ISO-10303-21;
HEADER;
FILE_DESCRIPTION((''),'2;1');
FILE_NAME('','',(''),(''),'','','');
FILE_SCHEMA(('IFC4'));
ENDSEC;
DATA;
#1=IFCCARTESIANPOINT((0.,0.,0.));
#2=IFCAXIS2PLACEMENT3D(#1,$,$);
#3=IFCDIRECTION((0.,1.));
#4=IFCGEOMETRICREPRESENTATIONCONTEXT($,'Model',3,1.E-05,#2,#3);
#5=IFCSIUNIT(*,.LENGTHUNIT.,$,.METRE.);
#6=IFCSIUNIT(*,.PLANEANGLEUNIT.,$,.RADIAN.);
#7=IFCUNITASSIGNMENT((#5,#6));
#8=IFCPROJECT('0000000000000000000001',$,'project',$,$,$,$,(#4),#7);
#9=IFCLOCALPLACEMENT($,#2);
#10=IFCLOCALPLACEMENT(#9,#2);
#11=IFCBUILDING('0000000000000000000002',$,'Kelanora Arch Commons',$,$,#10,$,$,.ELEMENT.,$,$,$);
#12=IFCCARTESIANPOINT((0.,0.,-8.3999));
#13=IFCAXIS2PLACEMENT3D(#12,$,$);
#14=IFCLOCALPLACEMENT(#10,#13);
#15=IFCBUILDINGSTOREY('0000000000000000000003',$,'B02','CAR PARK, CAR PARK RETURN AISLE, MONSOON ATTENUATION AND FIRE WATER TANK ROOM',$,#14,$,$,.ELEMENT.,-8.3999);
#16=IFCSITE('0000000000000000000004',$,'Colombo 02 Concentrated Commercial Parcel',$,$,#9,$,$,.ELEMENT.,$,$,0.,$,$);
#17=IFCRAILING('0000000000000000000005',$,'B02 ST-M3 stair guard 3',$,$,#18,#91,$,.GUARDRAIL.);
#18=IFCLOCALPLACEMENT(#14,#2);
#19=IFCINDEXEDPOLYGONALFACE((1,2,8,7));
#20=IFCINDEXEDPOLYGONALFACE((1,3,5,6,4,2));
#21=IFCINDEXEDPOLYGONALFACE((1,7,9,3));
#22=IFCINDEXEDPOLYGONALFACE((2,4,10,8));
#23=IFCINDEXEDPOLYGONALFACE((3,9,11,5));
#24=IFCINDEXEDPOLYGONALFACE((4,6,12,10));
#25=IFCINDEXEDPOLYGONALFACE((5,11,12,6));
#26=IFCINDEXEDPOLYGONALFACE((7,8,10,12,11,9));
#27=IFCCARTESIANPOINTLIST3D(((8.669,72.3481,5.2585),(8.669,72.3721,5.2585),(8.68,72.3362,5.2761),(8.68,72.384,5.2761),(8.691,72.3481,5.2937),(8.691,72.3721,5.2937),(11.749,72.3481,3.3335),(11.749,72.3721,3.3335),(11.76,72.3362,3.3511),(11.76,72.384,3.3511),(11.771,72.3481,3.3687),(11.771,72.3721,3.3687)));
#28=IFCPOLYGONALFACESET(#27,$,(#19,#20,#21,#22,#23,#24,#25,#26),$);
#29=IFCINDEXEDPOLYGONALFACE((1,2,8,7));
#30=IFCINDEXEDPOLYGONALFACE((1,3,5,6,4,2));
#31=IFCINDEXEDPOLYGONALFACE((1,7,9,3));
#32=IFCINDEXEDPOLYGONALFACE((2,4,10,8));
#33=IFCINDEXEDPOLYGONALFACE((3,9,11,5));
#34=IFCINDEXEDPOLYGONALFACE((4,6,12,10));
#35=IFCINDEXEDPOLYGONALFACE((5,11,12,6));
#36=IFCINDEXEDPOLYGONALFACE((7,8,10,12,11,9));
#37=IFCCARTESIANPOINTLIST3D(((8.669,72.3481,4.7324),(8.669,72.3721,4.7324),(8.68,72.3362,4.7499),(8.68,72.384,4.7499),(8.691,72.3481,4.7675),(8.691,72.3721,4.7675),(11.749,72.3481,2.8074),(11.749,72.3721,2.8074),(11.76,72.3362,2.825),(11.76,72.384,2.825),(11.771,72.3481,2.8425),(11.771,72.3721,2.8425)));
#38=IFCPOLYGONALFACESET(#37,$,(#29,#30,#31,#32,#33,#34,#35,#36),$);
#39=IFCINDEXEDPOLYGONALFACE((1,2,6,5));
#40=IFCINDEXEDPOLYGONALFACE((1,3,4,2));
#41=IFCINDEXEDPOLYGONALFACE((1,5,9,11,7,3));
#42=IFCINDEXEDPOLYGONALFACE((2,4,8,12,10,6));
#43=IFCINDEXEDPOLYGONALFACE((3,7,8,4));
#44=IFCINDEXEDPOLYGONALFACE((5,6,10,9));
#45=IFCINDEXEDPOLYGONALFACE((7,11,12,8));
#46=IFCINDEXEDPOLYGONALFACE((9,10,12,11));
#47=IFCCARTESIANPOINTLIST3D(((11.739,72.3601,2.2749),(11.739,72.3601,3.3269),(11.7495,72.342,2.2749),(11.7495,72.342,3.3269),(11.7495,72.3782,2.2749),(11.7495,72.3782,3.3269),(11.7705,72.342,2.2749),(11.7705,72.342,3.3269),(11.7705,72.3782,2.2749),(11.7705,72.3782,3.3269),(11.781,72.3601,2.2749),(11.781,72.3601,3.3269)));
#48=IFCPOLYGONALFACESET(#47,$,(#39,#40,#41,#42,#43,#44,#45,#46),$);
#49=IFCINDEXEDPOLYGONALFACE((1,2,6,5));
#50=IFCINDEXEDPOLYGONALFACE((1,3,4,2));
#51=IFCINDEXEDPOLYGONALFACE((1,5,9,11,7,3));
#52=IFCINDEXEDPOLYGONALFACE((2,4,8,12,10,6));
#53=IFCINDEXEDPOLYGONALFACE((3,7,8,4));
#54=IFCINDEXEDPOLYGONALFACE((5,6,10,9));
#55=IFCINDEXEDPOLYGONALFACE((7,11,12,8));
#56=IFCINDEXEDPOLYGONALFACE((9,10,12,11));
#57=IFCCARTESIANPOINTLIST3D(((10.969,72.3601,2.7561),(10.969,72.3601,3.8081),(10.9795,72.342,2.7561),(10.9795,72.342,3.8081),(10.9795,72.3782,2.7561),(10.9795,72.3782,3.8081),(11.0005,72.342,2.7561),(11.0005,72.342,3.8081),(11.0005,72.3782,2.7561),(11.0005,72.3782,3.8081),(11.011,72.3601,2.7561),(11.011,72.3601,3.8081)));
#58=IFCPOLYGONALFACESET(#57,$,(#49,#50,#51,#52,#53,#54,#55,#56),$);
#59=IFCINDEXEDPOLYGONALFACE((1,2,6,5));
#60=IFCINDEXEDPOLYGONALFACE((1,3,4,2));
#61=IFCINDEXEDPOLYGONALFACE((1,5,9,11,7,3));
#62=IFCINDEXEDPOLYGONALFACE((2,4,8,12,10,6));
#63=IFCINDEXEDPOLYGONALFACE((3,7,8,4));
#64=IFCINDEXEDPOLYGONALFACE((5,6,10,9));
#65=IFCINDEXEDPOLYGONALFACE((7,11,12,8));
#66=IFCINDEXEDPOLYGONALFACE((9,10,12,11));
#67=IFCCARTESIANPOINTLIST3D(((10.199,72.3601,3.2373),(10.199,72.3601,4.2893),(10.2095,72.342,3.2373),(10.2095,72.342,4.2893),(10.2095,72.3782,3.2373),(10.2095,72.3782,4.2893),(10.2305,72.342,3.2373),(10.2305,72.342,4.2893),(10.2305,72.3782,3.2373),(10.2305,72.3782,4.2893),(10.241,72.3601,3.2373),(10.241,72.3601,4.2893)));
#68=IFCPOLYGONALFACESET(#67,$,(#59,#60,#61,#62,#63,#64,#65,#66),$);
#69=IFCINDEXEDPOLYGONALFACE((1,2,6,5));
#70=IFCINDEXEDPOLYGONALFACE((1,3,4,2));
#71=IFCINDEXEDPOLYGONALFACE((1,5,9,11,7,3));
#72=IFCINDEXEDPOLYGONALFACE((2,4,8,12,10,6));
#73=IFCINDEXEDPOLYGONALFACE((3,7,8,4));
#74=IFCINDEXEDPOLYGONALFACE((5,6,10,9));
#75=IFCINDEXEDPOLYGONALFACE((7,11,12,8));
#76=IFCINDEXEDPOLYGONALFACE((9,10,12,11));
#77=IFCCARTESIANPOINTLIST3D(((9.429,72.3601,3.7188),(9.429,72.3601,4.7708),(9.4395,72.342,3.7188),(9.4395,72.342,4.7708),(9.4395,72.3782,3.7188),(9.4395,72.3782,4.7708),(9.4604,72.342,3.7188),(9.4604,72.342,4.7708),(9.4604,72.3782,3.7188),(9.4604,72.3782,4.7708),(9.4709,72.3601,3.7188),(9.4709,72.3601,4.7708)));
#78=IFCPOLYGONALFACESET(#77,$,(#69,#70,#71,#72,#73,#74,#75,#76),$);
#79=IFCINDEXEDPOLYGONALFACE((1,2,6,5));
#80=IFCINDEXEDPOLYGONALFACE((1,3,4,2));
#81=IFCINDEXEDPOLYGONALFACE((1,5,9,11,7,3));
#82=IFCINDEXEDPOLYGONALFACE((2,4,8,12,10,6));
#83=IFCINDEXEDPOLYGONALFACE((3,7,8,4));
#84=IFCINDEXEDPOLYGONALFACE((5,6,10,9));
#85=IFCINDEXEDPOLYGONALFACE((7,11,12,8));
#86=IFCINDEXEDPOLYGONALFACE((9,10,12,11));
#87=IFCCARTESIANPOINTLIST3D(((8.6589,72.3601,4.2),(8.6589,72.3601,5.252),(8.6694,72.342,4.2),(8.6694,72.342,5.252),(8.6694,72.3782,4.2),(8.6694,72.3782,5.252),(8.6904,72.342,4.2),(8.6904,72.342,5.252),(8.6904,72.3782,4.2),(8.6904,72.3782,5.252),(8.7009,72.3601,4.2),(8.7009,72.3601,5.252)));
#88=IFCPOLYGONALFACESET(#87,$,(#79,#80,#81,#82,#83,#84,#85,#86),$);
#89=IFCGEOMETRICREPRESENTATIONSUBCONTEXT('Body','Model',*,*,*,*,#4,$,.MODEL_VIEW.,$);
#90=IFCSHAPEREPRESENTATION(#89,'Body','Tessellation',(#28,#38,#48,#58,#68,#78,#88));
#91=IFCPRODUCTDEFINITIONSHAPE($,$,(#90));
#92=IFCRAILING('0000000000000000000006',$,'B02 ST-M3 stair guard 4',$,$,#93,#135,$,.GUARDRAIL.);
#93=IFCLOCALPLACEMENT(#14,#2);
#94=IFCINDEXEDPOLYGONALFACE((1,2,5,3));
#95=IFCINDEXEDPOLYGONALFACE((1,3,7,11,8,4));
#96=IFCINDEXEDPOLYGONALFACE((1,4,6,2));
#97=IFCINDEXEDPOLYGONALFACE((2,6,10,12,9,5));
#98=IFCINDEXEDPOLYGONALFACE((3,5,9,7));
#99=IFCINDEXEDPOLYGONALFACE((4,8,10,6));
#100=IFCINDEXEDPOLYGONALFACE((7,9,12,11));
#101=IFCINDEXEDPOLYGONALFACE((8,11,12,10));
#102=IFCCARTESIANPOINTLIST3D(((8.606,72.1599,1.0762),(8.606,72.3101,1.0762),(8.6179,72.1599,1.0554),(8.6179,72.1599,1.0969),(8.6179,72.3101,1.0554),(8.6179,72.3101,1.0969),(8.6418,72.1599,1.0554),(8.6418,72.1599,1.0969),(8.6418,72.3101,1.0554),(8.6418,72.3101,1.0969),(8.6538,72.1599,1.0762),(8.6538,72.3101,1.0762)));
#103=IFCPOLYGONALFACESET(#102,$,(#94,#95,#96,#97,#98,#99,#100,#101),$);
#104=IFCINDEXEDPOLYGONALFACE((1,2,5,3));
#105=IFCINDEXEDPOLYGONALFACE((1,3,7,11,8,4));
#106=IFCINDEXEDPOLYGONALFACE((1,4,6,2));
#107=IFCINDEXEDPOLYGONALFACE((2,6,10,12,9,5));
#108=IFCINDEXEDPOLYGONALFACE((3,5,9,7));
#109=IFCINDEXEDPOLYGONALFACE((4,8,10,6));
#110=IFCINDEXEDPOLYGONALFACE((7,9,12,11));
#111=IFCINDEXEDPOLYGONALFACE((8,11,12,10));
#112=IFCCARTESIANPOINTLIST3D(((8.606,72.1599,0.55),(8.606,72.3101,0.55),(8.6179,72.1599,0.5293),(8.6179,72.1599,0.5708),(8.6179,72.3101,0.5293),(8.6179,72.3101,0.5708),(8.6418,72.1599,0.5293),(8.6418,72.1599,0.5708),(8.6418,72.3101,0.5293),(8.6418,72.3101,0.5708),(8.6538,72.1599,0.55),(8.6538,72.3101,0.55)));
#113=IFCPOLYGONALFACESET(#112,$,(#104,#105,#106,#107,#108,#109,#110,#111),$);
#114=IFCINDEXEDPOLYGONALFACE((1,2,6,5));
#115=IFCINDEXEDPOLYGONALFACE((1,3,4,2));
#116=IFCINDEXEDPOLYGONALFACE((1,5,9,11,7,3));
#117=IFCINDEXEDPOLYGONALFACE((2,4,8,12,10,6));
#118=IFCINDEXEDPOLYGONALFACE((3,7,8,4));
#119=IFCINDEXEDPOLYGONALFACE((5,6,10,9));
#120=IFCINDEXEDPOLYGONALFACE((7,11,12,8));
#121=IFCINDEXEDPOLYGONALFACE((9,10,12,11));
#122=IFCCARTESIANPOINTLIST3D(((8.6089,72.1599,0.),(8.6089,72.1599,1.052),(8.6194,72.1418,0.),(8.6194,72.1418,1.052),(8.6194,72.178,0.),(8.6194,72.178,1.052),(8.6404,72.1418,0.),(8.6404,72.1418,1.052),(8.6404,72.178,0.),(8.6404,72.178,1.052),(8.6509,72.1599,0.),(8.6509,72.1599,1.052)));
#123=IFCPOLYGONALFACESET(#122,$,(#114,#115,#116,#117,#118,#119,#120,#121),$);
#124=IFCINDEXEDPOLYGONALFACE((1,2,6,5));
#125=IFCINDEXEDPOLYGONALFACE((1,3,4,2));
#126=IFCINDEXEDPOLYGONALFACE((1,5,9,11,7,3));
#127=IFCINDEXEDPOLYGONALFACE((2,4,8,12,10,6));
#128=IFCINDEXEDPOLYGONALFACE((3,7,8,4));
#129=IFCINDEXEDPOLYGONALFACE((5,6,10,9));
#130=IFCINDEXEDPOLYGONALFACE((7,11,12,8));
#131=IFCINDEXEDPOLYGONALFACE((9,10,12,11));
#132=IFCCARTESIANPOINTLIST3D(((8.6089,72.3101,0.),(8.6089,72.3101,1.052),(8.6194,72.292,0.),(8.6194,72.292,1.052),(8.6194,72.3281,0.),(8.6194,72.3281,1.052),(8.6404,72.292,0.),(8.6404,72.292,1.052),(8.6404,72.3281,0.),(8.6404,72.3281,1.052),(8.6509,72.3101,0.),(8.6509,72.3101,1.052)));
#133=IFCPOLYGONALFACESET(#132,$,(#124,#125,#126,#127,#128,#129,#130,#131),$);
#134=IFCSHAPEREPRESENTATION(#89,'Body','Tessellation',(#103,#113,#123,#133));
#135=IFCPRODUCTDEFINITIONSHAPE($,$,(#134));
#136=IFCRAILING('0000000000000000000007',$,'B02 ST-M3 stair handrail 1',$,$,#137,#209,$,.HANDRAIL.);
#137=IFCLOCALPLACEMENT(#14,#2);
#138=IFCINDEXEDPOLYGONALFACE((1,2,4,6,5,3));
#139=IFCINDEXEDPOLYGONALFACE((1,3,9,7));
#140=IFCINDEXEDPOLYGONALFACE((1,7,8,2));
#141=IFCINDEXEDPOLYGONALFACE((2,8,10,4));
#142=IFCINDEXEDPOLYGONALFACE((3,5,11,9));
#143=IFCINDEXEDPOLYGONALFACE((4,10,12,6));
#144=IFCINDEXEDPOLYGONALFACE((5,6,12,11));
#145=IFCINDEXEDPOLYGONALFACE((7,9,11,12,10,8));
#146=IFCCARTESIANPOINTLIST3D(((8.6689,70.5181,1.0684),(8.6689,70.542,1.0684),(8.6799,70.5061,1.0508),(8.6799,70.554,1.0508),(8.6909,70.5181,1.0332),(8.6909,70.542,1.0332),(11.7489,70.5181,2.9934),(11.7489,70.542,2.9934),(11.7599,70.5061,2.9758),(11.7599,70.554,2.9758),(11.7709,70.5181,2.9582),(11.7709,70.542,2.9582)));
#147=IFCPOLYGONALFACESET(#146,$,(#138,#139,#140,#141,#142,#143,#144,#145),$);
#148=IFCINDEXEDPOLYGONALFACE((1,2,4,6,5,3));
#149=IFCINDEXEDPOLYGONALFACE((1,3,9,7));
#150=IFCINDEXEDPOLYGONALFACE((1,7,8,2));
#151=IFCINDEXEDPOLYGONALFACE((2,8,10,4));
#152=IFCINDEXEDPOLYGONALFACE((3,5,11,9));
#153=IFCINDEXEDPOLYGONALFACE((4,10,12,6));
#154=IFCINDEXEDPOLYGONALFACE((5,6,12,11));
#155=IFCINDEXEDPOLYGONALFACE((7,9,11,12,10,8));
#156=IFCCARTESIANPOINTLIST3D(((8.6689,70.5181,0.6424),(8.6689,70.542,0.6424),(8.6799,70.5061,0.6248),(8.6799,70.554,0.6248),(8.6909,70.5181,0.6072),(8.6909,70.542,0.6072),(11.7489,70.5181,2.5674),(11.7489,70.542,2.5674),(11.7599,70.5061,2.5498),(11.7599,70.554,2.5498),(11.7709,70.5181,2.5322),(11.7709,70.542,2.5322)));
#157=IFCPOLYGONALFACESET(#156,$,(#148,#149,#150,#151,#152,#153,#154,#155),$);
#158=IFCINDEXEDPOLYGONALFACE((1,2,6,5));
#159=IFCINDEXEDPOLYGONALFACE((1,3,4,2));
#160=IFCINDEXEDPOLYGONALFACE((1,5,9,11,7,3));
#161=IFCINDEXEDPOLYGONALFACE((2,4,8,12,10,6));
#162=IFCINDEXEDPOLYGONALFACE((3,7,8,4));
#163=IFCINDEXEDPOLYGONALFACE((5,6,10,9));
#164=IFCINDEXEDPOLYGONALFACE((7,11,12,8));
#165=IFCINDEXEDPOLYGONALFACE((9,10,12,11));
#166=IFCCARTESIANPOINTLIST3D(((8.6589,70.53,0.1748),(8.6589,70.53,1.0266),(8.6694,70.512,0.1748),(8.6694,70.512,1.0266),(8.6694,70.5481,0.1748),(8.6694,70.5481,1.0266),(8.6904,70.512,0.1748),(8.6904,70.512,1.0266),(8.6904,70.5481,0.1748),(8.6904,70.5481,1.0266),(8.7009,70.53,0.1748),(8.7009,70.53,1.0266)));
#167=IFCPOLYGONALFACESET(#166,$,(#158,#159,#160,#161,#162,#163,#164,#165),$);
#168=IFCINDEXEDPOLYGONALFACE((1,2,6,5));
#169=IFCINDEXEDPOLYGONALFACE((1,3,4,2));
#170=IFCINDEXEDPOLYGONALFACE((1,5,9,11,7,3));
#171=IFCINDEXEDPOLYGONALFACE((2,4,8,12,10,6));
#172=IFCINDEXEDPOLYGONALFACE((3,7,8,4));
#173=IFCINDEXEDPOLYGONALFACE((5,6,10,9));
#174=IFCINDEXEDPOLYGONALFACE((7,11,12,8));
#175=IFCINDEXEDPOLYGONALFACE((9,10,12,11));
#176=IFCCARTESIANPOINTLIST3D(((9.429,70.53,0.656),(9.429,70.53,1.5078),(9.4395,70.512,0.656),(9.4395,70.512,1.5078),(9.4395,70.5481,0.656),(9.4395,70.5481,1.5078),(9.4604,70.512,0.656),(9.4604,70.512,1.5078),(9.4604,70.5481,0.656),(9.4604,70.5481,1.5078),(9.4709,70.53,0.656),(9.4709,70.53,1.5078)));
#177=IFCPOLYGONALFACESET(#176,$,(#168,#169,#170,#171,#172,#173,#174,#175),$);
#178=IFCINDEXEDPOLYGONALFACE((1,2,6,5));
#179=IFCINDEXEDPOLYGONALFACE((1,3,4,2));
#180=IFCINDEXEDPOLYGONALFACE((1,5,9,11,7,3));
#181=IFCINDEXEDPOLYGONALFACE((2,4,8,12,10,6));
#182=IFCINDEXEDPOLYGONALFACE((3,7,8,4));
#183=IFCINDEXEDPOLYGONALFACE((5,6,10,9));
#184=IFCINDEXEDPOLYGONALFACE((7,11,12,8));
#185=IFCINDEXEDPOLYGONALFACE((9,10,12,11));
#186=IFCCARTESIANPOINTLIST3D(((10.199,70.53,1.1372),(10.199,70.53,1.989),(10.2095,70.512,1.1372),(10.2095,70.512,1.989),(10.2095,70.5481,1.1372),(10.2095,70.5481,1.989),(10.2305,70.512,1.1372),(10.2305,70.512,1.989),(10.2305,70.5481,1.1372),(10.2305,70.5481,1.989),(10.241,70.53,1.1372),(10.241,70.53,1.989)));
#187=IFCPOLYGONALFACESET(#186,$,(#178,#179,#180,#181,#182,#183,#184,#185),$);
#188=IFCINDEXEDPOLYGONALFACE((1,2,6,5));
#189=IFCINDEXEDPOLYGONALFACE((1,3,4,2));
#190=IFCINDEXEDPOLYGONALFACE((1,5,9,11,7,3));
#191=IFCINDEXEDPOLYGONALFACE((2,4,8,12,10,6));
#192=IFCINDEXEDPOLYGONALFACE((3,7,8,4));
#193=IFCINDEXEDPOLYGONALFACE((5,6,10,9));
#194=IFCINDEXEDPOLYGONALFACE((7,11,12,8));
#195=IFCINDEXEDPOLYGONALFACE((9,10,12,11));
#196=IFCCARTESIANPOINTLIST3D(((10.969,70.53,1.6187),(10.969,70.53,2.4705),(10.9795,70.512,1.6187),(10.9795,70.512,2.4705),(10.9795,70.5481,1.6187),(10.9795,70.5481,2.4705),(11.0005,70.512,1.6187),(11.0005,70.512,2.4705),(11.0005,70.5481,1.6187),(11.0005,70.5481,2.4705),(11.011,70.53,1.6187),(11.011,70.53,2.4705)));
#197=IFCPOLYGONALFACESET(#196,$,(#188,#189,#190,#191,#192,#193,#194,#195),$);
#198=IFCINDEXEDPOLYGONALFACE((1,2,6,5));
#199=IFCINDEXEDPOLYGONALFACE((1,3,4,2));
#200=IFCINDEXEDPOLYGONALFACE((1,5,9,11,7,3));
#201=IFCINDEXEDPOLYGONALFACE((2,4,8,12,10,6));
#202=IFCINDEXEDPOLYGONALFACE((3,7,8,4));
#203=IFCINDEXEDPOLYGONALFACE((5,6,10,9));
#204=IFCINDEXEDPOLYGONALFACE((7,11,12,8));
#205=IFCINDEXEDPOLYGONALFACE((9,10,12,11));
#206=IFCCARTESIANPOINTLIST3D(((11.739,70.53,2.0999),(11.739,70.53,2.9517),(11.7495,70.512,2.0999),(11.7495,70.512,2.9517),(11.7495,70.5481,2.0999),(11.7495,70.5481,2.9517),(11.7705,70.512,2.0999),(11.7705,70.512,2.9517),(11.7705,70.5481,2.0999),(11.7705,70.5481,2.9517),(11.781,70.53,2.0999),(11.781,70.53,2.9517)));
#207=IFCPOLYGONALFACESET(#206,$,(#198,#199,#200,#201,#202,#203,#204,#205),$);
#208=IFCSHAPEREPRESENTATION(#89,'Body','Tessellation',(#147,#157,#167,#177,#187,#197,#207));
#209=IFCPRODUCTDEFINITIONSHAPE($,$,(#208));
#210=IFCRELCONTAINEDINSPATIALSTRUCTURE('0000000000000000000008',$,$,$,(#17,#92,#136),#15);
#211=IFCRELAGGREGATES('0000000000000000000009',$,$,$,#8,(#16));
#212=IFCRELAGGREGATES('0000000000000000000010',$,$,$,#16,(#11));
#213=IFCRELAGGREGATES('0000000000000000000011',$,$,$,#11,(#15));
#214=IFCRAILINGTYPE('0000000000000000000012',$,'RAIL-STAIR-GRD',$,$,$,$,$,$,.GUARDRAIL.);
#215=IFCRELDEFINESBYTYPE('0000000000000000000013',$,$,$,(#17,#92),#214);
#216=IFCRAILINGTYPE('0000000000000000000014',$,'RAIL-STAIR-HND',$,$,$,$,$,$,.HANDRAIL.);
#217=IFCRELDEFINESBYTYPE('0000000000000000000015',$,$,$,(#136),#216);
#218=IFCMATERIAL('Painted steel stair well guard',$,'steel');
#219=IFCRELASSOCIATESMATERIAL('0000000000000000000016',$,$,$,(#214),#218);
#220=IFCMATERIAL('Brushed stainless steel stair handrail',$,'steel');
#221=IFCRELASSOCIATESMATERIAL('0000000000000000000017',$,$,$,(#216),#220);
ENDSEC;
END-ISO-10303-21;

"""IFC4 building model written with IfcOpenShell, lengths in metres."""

from ifc_helpers import new_model, si_unit, direction, frame, origin, place, context, subcontext, project, spatial, polyline, outline, extrude, material, type_object, element, save


model = new_model("IFC4")

# Units and contexts
model_context = context("Model", 3, precision=1e-05, world=origin(), true_north=direction((0.0, 1.0)))
body_context = subcontext(model_context, "Body", "Model", "MODEL_VIEW")
ifc_project = project(units=[si_unit("LENGTHUNIT", "METRE"), si_unit("PLANEANGLEUNIT", "RADIAN")], contexts=[model_context])

# Site, building, storey
site_placement = place(None, origin())
site = spatial("IfcSite", under=ifc_project, at=site_placement, Name="Colombo 02 Concentrated Commercial Parcel", CompositionType="ELEMENT", RefElevation=0.0)
building_placement = place(site_placement, origin())
building = spatial("IfcBuilding", under=site, at=building_placement, Name="Kelanora Arch Commons", CompositionType="ELEMENT")
storey_placement = place(building_placement, frame((0.0, 0.0, -8.3999)))
storey = spatial("IfcBuildingStorey", under=building, at=storey_placement, Name="B02", Description="CAR PARK, CAR PARK RETURN AISLE, MONSOON ATTENUATION AND FIRE WATER TANK ROOM", CompositionType="ELEMENT", Elevation=-8.3999)

# Railings
ifc_material_1 = material(Name="Painted steel stair well guard", Category="steel")
railing_type_1 = type_object("IfcRailingType", Name="RAIL-STAIR-GRD", PredefinedType="GUARDRAIL", material=ifc_material_1)
railing_1_placement = place(storey_placement, frame((11.76, 72.3601, 2.2749)))
element("IfcRailing", 1, at=railing_1_placement, inside=storey, type_object=railing_type_1, Name="B02 ST-M3 stair guard 3", PredefinedType="GUARDRAIL", context=body_context, shape_type="SweptSolid", body=[
    extrude(outline(polyline([(0.0239, 0.0), (0.012, 0.0208), (-0.012, 0.0208), (-0.0239, 0.0), (-0.012, -0.0208), (0.012, -0.0208), (0.0239, 0.0)])), frame((0.0, 0.0, 1.0762), z_axis=(-0.847998, 0.0, 0.529999), x_axis=(0.0, -1.0, 0.0)), (0.0, 0.0, 1.0), 3.6321),
    extrude(outline(polyline([(0.0239, 0.0), (0.012, 0.0208), (-0.012, 0.0208), (-0.0239, 0.0), (-0.012, -0.0208), (0.012, -0.0208), (0.0239, 0.0)])), frame((0.0, 0.0, 0.55), z_axis=(-0.847998, 0.0, 0.529999), x_axis=(0.0, -1.0, 0.0)), (0.0, 0.0, 1.0), 3.6321),
    extrude(outline(polyline([(0.021, 0.0), (0.0105, 0.0181), (-0.0105, 0.0181), (-0.021, 0.0), (-0.0105, -0.0181), (0.0105, -0.0181), (0.021, 0.0)])), origin(), (0.0, 0.0, 1.0), 1.052),
    extrude(outline(polyline([(0.021, 0.0), (0.0105, 0.0181), (-0.0105, 0.0181), (-0.021, 0.0), (-0.0105, -0.0181), (0.0105, -0.0181), (0.021, 0.0)])), frame((-0.77, 0.0, 0.4812)), (0.0, 0.0, 1.0), 1.052),
    extrude(outline(polyline([(0.021, 0.0), (0.0105, 0.0181), (-0.0105, 0.0181), (-0.021, 0.0), (-0.0105, -0.0181), (0.0105, -0.0181), (0.021, 0.0)])), frame((-1.54, 0.0, 0.9624)), (0.0, 0.0, 1.0), 1.052),
    extrude(outline(polyline([(0.021, 0.0), (0.0105, 0.0181), (-0.0105, 0.0181), (-0.021, 0.0), (-0.0105, -0.0181), (0.0105, -0.0181), (0.021, 0.0)])), frame((-2.3101, 0.0, 1.4438)), (0.0, 0.0, 1.0), 1.052),
    extrude(outline(polyline([(0.021, 0.0), (0.0105, 0.0181), (-0.0105, 0.0181), (-0.021, 0.0), (-0.0105, -0.0181), (0.0105, -0.0181), (0.021, 0.0)])), frame((-3.0801, 0.0, 1.925)), (0.0, 0.0, 1.0), 1.052),
])
railing_2_placement = place(storey_placement, frame((8.6299, 72.1599, 0.0)))
element("IfcRailing", 2, at=railing_2_placement, inside=storey, type_object=railing_type_1, Name="B02 ST-M3 stair guard 4", PredefinedType="GUARDRAIL", context=body_context, shape_type="SweptSolid", body=[
    extrude(outline(polyline([(0.0239, 0.0), (0.012, 0.0208), (-0.012, 0.0208), (-0.0239, 0.0), (-0.012, -0.0208), (0.012, -0.0208), (0.0239, 0.0)])), frame((0.0, 0.0, 1.0762), z_axis=(0.0, 1.0, 0.0), x_axis=(-1.0, 0.0, 0.0)), (0.0, 0.0, 1.0), 0.1501),
    extrude(outline(polyline([(0.0239, 0.0), (0.012, 0.0208), (-0.012, 0.0208), (-0.0239, 0.0), (-0.012, -0.0208), (0.012, -0.0208), (0.0239, 0.0)])), frame((0.0, 0.0, 0.55), z_axis=(0.0, 1.0, 0.0), x_axis=(-1.0, 0.0, 0.0)), (0.0, 0.0, 1.0), 0.1501),
    extrude(outline(polyline([(0.021, 0.0), (0.0105, 0.0181), (-0.0105, 0.0181), (-0.021, 0.0), (-0.0105, -0.0181), (0.0105, -0.0181), (0.021, 0.0)])), origin(), (0.0, 0.0, 1.0), 1.052),
    extrude(outline(polyline([(0.021, 0.0), (0.0105, 0.0181), (-0.0105, 0.0181), (-0.021, 0.0), (-0.0105, -0.0181), (0.0105, -0.0181), (0.021, 0.0)])), frame((0.0, 0.1501, 0.0)), (0.0, 0.0, 1.0), 1.052),
])
ifc_material_2 = material(Name="Brushed stainless steel stair handrail", Category="steel")
railing_type_2 = type_object("IfcRailingType", Name="RAIL-STAIR-HND", PredefinedType="HANDRAIL", material=ifc_material_2)
railing_3_placement = place(storey_placement, frame((8.6799, 70.53, 0.1748)))
element("IfcRailing", 3, at=railing_3_placement, inside=storey, type_object=railing_type_2, Name="B02 ST-M3 stair handrail 1", PredefinedType="HANDRAIL", context=body_context, shape_type="SweptSolid", body=[
    extrude(outline(polyline([(0.0239, 0.0), (0.012, 0.0208), (-0.012, 0.0208), (-0.0239, 0.0), (-0.012, -0.0208), (0.012, -0.0208), (0.0239, 0.0)])), frame((0.0, 0.0, 0.876), z_axis=(0.847998, 0.0, 0.529999), x_axis=(0.0, 1.0, 0.0)), (0.0, 0.0, 1.0), 3.6321),
    extrude(outline(polyline([(0.0239, 0.0), (0.012, 0.0208), (-0.012, 0.0208), (-0.0239, 0.0), (-0.012, -0.0208), (0.012, -0.0208), (0.0239, 0.0)])), frame((0.0, 0.0, 0.45), z_axis=(0.847998, 0.0, 0.529999), x_axis=(0.0, 1.0, 0.0)), (0.0, 0.0, 1.0), 3.6321),
    extrude(outline(polyline([(0.021, 0.0), (0.0105, 0.0181), (-0.0105, 0.0181), (-0.021, 0.0), (-0.0105, -0.0181), (0.0105, -0.0181), (0.021, 0.0)])), origin(), (0.0, 0.0, 1.0), 0.8518),
    extrude(outline(polyline([(0.021, 0.0), (0.0105, 0.0181), (-0.0105, 0.0181), (-0.021, 0.0), (-0.0105, -0.0181), (0.0105, -0.0181), (0.021, 0.0)])), frame((0.77, 0.0, 0.4812)), (0.0, 0.0, 1.0), 0.8518),
    extrude(outline(polyline([(0.021, 0.0), (0.0105, 0.0181), (-0.0105, 0.0181), (-0.021, 0.0), (-0.0105, -0.0181), (0.0105, -0.0181), (0.021, 0.0)])), frame((1.54, 0.0, 0.9624)), (0.0, 0.0, 1.0), 0.8518),
    extrude(outline(polyline([(0.021, 0.0), (0.0105, 0.0181), (-0.0105, 0.0181), (-0.021, 0.0), (-0.0105, -0.0181), (0.0105, -0.0181), (0.021, 0.0)])), frame((2.3101, 0.0, 1.4438)), (0.0, 0.0, 1.0), 0.8518),
    extrude(outline(polyline([(0.021, 0.0), (0.0105, 0.0181), (-0.0105, 0.0181), (-0.021, 0.0), (-0.0105, -0.0181), (0.0105, -0.0181), (0.021, 0.0)])), frame((3.0801, 0.0, 1.925)), (0.0, 0.0, 1.0), 0.8518),
])

save(model, "model.ifc")
